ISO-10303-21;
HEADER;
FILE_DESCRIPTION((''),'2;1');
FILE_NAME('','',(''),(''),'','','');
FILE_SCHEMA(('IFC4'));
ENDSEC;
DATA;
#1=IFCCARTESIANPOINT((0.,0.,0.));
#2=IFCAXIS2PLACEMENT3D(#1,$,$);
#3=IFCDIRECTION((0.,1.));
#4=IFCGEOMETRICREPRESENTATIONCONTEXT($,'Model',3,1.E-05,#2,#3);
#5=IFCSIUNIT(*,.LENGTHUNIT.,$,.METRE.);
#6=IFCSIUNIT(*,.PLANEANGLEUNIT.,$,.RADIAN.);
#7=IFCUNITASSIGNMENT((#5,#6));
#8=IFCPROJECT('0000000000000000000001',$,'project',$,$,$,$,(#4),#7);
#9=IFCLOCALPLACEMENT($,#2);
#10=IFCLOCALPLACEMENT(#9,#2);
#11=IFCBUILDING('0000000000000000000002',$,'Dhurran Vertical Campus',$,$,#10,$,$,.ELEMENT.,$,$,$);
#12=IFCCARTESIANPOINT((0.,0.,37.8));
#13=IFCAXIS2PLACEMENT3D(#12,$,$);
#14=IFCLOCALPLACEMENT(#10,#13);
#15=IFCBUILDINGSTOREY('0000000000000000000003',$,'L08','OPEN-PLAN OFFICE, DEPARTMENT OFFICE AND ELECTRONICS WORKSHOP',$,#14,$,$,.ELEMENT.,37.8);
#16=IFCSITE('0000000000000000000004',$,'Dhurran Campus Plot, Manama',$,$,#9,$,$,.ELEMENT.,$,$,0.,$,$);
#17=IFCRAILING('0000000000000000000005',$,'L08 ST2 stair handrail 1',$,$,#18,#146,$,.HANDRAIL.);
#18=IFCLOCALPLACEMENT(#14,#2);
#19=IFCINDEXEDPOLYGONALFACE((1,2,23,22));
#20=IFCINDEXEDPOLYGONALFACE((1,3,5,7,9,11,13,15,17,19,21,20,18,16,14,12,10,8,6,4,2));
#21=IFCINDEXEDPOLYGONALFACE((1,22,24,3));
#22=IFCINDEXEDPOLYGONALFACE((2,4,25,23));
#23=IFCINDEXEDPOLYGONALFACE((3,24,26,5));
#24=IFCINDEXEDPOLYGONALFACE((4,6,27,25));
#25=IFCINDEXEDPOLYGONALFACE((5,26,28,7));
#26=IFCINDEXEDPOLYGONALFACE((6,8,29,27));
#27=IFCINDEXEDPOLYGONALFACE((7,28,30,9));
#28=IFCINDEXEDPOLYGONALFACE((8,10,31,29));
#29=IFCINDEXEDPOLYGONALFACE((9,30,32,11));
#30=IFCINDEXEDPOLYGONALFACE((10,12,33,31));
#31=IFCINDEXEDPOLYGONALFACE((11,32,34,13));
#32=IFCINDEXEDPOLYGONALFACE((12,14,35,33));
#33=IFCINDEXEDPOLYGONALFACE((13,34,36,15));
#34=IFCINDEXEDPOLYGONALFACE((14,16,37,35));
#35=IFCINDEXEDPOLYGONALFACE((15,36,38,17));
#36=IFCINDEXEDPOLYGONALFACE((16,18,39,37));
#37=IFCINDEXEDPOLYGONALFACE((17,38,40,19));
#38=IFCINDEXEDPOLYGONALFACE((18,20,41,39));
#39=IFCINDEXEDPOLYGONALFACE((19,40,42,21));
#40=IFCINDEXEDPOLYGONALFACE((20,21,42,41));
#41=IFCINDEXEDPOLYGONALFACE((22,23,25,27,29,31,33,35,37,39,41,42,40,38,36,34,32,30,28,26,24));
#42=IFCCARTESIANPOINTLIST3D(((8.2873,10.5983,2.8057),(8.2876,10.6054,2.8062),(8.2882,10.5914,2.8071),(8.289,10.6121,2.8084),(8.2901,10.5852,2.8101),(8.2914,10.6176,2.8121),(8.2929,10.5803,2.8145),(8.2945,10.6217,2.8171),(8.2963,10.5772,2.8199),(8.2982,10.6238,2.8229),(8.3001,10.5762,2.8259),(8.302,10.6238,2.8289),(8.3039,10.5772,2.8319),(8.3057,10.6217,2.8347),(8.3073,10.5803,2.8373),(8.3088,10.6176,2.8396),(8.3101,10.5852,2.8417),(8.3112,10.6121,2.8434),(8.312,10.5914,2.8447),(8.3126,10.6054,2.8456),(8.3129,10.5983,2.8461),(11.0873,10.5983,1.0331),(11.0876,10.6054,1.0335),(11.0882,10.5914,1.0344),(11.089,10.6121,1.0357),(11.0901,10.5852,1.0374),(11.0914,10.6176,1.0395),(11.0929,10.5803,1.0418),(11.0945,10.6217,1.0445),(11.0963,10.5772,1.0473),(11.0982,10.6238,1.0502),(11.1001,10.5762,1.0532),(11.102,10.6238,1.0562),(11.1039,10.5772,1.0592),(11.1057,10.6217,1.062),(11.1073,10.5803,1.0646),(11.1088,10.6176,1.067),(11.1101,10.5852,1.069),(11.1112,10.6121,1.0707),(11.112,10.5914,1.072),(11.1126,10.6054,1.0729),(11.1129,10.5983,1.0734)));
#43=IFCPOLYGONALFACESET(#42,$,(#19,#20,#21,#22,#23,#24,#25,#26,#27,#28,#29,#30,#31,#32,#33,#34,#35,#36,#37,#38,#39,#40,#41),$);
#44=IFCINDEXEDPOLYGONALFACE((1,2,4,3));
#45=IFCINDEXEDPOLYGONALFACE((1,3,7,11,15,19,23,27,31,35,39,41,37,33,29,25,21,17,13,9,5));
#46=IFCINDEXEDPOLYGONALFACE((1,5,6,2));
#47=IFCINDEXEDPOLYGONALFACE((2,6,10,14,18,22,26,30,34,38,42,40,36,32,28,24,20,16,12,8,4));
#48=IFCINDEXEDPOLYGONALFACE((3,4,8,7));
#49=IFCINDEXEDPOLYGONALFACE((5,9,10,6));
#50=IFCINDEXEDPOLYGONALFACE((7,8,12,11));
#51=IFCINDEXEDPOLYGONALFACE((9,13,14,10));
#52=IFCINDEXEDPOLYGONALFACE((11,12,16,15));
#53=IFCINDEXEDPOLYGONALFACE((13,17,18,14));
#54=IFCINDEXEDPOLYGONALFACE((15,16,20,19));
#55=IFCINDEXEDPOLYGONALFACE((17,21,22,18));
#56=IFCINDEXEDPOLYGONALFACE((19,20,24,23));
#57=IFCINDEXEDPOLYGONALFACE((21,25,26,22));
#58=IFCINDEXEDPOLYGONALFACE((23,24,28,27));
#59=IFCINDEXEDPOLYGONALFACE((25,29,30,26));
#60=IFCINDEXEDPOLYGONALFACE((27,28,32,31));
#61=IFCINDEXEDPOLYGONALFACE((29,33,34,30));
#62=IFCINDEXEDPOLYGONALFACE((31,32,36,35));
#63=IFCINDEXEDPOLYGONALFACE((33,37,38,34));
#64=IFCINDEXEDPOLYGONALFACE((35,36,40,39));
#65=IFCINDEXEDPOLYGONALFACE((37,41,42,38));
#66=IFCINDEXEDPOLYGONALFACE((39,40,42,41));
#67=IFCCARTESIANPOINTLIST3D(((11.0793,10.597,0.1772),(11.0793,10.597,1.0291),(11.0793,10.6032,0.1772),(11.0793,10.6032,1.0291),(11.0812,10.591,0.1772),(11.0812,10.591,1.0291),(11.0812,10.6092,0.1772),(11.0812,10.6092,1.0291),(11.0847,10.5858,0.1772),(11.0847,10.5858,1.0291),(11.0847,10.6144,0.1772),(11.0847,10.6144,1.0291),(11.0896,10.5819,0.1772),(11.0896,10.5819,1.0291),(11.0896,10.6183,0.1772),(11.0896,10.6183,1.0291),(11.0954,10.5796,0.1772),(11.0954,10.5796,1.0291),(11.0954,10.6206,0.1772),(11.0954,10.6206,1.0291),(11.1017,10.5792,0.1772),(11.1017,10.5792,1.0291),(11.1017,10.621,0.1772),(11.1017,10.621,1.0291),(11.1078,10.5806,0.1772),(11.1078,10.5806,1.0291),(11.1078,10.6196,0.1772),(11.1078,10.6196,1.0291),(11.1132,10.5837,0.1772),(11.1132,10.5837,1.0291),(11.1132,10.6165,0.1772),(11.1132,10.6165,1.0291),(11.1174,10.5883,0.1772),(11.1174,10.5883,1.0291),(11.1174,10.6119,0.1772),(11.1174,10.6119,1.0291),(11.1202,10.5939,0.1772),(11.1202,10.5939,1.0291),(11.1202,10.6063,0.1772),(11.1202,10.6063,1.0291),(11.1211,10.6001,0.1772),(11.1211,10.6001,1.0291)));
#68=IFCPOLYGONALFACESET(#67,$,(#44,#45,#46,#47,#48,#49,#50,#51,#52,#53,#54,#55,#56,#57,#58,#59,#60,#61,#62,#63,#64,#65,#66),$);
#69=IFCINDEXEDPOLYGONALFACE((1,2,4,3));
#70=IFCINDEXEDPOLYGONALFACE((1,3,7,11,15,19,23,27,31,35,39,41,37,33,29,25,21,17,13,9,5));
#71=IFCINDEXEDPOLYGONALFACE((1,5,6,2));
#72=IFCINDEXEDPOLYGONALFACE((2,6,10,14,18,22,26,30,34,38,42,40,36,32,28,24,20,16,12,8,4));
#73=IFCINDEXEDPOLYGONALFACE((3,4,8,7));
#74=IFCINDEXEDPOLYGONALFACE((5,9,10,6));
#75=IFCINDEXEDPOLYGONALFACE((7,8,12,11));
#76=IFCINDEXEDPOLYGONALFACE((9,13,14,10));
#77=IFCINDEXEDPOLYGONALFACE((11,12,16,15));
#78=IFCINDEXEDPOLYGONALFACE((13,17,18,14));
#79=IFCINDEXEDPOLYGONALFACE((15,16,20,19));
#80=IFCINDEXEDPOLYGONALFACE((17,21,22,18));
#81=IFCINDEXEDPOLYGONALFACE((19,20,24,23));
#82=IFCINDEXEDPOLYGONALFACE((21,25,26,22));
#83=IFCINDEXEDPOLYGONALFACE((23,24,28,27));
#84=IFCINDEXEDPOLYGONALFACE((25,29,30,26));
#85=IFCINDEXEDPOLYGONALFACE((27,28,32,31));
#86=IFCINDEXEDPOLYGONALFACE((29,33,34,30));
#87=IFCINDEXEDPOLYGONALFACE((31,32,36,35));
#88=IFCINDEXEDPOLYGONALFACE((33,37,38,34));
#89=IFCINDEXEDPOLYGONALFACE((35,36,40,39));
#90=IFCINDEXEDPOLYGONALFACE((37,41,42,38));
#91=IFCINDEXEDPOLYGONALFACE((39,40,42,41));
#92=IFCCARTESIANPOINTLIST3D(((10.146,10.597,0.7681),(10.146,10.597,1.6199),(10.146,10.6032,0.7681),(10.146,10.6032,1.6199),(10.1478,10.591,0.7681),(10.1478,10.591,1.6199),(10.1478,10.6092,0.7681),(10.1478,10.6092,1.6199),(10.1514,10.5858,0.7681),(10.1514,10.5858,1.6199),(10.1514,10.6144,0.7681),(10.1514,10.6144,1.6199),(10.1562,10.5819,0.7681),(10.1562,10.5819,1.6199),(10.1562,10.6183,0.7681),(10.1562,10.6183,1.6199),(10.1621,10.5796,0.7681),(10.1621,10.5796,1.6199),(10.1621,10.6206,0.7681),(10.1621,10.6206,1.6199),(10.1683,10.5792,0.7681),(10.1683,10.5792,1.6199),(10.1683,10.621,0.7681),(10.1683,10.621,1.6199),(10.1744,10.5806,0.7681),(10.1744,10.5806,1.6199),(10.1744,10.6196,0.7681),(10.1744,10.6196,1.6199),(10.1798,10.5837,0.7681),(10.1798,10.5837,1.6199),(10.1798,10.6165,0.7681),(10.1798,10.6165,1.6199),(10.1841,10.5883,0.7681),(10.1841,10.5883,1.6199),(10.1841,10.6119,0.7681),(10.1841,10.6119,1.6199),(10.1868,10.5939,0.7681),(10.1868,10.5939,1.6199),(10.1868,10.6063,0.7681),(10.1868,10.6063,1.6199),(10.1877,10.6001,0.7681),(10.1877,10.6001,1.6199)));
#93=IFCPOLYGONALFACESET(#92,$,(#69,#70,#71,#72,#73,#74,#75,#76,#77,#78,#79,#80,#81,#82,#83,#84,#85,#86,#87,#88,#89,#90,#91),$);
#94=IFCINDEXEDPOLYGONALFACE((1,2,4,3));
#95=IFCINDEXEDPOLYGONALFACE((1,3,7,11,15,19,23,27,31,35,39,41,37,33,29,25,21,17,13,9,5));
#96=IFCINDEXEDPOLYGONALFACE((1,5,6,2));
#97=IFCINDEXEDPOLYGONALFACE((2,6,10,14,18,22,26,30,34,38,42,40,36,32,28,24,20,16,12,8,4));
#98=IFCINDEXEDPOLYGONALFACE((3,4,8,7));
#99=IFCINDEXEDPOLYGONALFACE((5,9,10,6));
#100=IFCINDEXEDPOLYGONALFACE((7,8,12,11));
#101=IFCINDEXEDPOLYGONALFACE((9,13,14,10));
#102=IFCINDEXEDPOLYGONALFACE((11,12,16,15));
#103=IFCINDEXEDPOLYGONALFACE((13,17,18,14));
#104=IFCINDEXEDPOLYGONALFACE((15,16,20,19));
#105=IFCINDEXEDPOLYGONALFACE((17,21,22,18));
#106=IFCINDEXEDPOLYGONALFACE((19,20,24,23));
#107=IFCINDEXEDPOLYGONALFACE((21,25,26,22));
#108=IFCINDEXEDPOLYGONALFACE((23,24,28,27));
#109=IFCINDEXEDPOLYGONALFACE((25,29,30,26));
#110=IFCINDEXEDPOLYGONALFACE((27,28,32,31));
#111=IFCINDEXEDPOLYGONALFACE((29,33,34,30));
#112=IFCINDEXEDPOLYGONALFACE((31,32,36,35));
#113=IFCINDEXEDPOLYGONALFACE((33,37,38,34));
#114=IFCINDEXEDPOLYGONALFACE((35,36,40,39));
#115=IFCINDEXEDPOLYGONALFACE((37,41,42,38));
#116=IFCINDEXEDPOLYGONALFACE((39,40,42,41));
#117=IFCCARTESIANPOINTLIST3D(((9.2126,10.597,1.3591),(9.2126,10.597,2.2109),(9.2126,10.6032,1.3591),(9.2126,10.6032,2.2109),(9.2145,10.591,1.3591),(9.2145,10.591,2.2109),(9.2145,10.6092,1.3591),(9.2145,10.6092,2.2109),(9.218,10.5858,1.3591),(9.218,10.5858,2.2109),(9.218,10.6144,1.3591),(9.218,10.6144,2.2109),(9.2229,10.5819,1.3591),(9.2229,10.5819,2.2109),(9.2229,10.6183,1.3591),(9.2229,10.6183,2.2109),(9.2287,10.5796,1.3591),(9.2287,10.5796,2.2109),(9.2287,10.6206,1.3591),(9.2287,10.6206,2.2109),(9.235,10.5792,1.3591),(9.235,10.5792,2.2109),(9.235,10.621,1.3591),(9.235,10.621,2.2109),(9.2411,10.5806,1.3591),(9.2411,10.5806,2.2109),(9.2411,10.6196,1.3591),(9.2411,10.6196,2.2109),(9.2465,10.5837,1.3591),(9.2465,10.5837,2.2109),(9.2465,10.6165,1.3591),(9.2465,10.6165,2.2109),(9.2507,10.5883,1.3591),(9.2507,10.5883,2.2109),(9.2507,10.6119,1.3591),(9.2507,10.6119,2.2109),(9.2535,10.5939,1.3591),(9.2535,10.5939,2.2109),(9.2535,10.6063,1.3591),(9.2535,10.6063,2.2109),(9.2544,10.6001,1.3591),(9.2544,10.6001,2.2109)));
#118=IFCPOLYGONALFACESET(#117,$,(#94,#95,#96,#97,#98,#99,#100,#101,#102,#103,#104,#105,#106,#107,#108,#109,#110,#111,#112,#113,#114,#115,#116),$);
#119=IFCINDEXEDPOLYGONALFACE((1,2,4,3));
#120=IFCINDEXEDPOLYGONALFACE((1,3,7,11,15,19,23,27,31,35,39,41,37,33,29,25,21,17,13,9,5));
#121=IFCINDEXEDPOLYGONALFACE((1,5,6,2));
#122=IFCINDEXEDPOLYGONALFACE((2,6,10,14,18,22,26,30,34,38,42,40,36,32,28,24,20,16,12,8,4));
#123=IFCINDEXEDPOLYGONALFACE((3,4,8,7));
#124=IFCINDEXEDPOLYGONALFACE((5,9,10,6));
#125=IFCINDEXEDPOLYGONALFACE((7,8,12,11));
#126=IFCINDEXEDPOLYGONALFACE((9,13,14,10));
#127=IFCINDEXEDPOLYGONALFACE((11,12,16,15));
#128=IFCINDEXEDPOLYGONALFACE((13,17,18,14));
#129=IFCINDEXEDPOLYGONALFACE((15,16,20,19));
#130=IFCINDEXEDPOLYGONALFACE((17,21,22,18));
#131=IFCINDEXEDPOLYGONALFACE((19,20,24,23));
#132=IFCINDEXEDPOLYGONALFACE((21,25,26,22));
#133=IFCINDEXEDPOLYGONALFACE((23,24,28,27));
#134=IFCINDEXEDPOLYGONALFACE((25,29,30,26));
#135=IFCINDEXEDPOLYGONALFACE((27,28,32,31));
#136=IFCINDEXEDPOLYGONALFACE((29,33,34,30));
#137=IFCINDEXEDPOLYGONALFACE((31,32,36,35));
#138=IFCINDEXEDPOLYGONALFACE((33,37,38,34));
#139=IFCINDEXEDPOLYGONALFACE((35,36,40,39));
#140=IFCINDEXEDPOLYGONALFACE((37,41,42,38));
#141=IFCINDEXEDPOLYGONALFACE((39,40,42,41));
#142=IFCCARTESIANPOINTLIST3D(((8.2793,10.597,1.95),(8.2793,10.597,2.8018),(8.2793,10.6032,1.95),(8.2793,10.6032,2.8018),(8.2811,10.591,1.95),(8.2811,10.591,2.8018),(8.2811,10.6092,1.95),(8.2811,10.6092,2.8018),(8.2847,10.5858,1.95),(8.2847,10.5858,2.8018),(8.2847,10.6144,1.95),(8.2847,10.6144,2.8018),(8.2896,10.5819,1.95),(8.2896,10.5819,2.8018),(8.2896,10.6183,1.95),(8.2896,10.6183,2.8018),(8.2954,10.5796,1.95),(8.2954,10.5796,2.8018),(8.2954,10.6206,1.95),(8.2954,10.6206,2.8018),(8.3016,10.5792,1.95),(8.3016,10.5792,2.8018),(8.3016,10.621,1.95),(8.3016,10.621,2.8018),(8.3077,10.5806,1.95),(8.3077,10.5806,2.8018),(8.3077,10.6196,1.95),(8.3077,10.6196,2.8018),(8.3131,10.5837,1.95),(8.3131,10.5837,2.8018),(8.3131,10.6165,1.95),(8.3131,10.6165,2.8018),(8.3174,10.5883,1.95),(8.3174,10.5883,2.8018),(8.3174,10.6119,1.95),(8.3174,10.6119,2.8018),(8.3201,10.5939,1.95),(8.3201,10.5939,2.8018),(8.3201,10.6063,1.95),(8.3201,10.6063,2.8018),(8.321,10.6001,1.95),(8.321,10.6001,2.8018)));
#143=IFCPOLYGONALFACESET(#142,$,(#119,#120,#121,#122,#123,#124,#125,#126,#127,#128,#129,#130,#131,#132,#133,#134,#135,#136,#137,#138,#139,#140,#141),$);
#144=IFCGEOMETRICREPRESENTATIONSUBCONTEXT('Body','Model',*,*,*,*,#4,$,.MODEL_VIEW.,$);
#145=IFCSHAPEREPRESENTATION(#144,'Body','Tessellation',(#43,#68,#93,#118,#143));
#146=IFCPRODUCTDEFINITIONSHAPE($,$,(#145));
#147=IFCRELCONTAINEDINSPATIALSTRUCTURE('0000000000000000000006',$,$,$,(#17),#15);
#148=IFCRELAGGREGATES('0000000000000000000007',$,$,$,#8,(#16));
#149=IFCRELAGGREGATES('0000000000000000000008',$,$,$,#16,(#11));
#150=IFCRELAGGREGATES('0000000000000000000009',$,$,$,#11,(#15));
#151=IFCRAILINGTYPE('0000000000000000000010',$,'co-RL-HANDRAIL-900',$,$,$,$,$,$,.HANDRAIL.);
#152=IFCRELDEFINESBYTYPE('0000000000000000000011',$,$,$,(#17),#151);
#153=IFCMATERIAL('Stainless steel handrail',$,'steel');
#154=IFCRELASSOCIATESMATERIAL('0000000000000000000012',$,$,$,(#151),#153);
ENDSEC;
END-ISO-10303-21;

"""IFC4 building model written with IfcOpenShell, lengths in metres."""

from ifc_helpers import new_model, si_unit, direction, frame, origin, origin_2d, place, context, subcontext, project, spatial, circle, extrude, material, type_object, element, save


model = new_model("IFC4")

# Units and contexts
model_context = context("Model", 3, precision=1e-05, world=origin(), true_north=direction((0.0, 1.0)))
body_context = subcontext(model_context, "Body", "Model", "MODEL_VIEW")
ifc_project = project(units=[si_unit("LENGTHUNIT", "METRE"), si_unit("PLANEANGLEUNIT", "RADIAN")], contexts=[model_context])

# Site, building, storey
site_placement = place(None, origin())
site = spatial("IfcSite", under=ifc_project, at=site_placement, Name="Dhurran Campus Plot, Manama", CompositionType="ELEMENT", RefElevation=0.0)
building_placement = place(site_placement, origin())
building = spatial("IfcBuilding", under=site, at=building_placement, Name="Dhurran Vertical Campus", CompositionType="ELEMENT")
storey_placement = place(building_placement, frame((0.0, 0.0, 37.8)))
storey = spatial("IfcBuildingStorey", under=building, at=storey_placement, Name="L08", Description="OPEN-PLAN OFFICE, DEPARTMENT OFFICE AND ELECTRONICS WORKSHOP", CompositionType="ELEMENT", Elevation=37.8)

# Railing
ifc_material_1 = material(Name="Stainless steel handrail", Category="steel")
railing_type_1 = type_object("IfcRailingType", Name="co-RL-HANDRAIL-900", PredefinedType="HANDRAIL", material=ifc_material_1)
railing_1_placement = place(storey_placement, frame((11.1001, 10.6001, 0.1772)))
element("IfcRailing", 1, at=railing_1_placement, inside=storey, type_object=railing_type_1, Name="L08 ST2 stair handrail 1", PredefinedType="HANDRAIL", context=body_context, shape_type="SweptSolid", body=[
    extrude(circle(Radius=0.0239, at=origin_2d()), frame((0.0, 0.0, 0.876), z_axis=(-0.844909, 0.0, 0.53491), x_axis=(0.0, -1.0, 0.0)), (0.0, 0.0, 1.0), 3.314),
    extrude(circle(Radius=0.021, at=origin_2d()), origin(), (0.0, 0.0, 1.0), 0.8518),
    extrude(circle(Radius=0.021, at=origin_2d()), frame((-0.9333, 0.0, 0.5908)), (0.0, 0.0, 1.0), 0.8518),
    extrude(circle(Radius=0.021, at=origin_2d()), frame((-1.8667, 0.0, 1.1819)), (0.0, 0.0, 1.0), 0.8518),
    extrude(circle(Radius=0.021, at=origin_2d()), frame((-2.8, 0.0, 1.7727)), (0.0, 0.0, 1.0), 0.8518),
])

save(model, "model.ifc")
